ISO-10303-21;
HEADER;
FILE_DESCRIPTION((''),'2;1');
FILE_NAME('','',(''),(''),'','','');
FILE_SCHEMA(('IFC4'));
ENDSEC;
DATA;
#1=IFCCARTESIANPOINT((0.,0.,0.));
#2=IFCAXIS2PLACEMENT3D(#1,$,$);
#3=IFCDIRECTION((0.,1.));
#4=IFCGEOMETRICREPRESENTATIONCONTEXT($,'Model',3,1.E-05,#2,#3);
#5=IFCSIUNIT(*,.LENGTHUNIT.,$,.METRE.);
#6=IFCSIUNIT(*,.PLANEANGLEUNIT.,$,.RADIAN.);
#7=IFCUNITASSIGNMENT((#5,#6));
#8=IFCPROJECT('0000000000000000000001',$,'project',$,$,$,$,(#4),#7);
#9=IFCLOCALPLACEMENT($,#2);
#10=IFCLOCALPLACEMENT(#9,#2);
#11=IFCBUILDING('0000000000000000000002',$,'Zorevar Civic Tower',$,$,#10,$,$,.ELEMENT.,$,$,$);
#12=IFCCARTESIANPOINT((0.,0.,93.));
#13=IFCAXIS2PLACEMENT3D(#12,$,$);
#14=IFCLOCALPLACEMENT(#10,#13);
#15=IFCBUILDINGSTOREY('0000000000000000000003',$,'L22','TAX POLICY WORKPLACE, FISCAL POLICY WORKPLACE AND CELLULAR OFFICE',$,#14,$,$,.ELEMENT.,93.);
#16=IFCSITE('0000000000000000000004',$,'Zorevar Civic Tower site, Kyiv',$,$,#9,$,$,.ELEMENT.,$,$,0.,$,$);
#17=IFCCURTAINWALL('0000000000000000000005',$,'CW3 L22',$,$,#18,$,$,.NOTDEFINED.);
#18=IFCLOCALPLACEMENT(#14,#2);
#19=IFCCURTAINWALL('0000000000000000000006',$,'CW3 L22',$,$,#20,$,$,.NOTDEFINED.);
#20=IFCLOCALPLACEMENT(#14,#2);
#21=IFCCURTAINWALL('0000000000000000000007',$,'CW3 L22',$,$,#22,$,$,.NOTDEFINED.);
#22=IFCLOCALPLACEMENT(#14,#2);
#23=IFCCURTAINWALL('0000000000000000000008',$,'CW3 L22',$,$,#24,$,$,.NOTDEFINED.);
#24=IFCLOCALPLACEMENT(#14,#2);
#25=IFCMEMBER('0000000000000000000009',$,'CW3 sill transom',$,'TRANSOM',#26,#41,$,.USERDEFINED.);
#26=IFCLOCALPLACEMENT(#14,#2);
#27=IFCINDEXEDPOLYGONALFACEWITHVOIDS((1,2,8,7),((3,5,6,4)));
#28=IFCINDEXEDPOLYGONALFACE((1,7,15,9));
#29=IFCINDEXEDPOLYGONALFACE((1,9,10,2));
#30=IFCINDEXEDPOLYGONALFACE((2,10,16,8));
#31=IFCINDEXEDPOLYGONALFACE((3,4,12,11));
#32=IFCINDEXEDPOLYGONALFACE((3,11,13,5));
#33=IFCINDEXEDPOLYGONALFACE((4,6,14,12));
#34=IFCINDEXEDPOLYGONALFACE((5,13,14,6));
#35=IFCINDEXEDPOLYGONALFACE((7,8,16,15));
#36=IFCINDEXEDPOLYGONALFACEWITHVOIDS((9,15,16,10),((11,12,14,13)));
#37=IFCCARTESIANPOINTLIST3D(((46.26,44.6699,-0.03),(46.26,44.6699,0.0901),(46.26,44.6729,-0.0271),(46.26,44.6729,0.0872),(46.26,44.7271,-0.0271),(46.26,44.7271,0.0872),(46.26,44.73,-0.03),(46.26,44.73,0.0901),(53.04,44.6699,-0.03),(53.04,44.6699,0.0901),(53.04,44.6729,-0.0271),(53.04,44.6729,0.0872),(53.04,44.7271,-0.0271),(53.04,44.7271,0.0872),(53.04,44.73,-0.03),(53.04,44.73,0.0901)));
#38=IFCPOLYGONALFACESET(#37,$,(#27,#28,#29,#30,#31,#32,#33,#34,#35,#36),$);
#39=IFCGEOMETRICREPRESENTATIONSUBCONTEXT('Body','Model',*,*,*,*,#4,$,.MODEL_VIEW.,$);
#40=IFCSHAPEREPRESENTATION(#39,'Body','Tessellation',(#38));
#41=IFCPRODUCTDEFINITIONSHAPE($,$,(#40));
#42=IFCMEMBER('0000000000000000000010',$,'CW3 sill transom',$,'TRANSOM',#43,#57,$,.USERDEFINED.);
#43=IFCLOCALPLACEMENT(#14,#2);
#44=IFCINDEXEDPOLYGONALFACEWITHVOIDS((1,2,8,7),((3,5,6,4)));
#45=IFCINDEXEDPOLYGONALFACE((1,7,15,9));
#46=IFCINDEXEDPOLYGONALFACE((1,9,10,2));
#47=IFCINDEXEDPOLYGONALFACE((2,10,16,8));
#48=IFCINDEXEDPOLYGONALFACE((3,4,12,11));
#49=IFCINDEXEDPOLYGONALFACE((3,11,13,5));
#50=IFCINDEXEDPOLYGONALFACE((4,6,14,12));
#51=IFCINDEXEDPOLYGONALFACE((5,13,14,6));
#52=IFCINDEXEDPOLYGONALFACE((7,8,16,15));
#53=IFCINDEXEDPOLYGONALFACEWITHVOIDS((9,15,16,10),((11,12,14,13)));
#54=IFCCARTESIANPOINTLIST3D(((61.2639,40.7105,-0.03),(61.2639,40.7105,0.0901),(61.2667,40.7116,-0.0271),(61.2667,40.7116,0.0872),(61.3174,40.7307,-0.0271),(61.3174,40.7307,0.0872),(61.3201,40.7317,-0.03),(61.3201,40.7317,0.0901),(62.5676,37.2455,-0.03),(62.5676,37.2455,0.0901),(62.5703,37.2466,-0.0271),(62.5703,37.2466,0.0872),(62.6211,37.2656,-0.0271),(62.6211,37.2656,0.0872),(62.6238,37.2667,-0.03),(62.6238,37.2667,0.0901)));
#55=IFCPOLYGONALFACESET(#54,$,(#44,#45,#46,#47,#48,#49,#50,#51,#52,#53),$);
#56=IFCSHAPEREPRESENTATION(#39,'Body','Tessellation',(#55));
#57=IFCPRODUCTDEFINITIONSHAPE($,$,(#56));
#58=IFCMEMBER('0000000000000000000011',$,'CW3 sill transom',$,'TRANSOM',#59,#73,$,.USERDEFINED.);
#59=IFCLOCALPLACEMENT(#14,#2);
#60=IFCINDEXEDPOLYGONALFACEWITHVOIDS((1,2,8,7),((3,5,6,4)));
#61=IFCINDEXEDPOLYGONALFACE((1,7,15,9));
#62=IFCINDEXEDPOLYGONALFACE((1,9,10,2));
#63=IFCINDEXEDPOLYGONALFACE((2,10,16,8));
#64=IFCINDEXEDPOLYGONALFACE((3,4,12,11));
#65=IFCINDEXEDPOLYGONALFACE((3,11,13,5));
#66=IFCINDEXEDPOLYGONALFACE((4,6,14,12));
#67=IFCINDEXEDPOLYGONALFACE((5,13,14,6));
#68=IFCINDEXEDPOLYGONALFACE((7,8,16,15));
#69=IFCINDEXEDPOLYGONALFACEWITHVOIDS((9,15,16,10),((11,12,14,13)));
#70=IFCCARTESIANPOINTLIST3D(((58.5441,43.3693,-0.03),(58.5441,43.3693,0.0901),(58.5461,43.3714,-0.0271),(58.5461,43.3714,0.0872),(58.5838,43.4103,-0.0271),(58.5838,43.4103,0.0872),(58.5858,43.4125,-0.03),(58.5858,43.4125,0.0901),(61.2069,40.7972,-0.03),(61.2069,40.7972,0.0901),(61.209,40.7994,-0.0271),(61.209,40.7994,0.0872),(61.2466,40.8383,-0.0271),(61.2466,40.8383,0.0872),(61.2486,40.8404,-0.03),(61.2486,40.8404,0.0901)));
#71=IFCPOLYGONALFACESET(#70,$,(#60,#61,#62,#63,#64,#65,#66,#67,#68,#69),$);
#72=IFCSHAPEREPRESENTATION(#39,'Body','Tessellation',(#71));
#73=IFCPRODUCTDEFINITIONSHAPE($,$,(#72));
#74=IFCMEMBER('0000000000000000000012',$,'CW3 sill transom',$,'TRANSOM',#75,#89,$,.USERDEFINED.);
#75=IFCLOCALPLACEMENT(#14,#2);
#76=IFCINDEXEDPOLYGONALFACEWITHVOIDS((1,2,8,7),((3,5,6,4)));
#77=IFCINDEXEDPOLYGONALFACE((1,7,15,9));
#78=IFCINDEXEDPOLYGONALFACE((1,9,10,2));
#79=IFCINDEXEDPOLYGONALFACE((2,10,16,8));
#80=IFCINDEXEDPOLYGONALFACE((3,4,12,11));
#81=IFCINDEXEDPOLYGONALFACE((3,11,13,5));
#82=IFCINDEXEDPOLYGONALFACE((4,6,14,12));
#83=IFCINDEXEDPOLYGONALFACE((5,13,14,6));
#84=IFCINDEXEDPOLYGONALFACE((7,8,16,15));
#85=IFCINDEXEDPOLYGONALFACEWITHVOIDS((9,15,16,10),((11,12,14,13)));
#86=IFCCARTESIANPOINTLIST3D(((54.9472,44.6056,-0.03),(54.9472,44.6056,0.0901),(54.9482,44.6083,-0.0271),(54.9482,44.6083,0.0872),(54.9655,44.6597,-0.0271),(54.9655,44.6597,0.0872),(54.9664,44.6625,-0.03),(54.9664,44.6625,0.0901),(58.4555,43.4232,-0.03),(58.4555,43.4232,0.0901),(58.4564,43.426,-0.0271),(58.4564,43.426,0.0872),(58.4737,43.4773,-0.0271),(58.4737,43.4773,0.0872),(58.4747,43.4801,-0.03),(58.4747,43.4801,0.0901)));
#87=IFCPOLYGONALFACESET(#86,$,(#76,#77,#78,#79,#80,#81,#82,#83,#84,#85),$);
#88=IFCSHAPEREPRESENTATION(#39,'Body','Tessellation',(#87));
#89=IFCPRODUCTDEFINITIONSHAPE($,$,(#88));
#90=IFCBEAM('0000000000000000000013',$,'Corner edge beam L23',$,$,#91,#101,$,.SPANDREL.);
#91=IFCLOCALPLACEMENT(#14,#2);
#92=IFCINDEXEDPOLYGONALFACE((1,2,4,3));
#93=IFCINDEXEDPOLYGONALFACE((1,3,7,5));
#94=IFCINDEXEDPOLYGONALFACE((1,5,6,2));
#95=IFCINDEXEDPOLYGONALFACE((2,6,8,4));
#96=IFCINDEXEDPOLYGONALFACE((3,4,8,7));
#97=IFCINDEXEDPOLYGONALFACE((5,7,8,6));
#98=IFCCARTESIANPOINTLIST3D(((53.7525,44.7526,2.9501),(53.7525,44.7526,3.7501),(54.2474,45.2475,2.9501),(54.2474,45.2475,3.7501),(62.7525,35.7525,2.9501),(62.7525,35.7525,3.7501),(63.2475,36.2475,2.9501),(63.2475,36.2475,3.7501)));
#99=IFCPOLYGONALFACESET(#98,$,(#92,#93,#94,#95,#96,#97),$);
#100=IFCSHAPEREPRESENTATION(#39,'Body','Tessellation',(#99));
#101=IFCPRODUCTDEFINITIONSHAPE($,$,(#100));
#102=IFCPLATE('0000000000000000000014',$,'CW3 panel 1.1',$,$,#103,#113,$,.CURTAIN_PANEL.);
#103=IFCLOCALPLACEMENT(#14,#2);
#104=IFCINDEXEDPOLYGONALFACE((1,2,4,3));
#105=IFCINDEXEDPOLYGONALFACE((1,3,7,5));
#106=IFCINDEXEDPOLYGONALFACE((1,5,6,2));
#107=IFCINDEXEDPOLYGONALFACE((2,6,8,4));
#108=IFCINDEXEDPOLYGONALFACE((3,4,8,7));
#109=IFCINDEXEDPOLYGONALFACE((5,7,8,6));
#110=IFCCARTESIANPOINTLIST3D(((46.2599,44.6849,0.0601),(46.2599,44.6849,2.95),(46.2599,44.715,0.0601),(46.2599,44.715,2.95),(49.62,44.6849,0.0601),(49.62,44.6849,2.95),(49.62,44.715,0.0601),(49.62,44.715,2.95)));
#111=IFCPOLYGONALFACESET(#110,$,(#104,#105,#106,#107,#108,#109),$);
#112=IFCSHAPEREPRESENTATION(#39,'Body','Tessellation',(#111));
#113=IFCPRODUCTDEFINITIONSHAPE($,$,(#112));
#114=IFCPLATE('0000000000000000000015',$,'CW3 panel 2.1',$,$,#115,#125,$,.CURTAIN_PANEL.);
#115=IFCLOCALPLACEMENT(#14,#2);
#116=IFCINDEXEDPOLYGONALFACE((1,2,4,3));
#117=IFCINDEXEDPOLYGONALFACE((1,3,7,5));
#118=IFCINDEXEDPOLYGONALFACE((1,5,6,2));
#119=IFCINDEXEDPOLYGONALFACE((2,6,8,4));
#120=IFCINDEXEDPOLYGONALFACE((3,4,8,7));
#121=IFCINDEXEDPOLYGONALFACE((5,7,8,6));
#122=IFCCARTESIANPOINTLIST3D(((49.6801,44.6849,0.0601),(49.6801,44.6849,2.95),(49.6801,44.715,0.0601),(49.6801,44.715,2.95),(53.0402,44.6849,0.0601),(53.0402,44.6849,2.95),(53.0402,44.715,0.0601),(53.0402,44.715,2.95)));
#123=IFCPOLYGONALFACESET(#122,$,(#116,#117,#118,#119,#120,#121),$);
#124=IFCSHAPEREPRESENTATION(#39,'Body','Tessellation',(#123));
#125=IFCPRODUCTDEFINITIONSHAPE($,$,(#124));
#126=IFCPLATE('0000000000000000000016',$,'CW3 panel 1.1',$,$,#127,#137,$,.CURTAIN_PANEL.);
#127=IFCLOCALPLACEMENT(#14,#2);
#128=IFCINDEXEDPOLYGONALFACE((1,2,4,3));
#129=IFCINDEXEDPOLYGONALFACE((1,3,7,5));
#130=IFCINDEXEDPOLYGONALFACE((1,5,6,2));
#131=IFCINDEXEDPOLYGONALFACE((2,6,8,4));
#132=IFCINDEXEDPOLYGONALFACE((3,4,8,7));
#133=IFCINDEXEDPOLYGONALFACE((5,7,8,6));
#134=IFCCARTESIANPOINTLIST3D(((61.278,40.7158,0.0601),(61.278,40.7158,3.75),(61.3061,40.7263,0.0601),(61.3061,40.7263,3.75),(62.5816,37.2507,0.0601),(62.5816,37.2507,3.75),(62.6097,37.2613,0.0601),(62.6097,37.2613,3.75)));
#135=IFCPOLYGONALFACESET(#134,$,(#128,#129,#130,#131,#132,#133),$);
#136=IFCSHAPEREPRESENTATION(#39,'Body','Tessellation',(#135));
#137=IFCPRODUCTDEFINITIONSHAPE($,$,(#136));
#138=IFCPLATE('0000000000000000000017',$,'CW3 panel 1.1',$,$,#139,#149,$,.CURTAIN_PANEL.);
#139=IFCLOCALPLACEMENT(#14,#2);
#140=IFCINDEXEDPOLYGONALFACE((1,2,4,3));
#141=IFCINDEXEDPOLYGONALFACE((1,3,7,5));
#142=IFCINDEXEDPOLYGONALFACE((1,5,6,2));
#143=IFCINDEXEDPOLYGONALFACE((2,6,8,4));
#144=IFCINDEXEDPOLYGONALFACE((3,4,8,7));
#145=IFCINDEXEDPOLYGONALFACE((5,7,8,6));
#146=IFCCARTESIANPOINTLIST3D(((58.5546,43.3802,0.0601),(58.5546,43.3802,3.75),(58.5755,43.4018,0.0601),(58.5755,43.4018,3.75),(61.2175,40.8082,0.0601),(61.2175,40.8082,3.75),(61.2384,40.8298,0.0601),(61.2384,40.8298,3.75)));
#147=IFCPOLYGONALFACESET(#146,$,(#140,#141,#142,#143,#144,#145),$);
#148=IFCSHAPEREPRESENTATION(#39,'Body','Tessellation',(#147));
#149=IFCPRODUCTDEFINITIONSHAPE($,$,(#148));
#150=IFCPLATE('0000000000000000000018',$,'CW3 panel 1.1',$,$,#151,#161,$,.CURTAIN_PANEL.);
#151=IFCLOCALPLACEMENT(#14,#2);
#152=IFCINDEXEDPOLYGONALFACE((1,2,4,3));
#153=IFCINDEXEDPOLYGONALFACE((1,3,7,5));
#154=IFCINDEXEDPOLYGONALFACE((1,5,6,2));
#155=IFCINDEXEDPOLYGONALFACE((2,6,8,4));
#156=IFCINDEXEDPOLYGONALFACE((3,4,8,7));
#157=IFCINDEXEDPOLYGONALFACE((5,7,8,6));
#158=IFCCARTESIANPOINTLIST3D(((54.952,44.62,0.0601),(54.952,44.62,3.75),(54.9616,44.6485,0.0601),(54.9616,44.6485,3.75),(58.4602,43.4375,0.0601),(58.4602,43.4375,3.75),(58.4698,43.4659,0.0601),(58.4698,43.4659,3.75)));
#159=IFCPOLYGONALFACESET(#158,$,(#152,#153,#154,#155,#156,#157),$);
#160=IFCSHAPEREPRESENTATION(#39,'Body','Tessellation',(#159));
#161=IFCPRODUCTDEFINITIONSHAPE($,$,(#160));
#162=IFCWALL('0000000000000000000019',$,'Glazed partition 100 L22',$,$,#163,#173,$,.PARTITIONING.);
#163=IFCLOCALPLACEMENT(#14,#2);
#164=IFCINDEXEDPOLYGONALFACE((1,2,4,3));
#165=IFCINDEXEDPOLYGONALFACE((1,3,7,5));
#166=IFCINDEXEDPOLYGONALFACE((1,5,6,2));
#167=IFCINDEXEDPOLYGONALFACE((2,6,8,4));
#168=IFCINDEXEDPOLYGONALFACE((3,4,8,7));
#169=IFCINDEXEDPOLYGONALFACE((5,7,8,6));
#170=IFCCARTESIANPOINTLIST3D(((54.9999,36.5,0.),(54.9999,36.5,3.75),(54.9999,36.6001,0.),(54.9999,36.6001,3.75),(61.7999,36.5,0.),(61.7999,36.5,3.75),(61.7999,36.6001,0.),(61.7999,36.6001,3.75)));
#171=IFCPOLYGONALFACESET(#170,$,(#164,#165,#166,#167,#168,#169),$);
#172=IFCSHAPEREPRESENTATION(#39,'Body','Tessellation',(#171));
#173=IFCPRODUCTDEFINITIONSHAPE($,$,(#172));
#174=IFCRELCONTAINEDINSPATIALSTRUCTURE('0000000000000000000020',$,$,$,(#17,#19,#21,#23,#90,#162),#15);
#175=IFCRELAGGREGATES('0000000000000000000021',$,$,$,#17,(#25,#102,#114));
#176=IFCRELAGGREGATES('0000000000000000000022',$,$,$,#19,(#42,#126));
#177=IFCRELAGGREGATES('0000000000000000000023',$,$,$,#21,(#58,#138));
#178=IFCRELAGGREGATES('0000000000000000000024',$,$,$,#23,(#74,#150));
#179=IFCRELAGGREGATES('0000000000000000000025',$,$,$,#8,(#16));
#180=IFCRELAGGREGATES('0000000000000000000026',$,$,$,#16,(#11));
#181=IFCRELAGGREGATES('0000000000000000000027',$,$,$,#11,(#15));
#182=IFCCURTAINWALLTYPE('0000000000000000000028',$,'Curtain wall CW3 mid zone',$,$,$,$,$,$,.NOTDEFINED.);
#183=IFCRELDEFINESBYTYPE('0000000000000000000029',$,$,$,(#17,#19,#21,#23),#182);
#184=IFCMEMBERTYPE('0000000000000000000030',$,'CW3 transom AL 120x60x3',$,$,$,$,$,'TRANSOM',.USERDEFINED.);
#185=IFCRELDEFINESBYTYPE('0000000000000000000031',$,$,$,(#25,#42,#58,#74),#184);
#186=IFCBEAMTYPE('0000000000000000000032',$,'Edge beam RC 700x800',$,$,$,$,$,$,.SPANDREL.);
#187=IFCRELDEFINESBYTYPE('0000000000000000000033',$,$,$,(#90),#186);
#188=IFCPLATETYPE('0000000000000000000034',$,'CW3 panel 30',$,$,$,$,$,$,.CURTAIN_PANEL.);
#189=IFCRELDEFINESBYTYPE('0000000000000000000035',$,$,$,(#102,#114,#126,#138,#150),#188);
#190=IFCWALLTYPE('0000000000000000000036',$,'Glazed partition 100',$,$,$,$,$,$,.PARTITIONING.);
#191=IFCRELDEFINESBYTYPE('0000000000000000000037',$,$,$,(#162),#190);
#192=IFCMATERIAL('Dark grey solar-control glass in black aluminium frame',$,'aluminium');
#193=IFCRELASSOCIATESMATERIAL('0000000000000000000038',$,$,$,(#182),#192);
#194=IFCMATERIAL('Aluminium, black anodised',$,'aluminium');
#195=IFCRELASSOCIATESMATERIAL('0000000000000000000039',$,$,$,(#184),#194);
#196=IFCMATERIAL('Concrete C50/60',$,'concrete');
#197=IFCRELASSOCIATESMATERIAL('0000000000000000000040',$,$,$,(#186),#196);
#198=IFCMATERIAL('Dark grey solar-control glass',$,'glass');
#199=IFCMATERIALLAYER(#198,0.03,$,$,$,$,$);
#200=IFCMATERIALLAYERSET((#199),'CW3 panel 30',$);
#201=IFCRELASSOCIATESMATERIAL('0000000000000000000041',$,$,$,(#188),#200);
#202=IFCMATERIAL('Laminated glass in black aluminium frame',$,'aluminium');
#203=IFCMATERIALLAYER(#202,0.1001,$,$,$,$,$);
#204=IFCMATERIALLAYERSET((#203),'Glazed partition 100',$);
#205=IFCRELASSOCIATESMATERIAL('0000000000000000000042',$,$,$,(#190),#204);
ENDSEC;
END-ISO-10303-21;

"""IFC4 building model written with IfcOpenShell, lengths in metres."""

from ifc_helpers import new_model, si_unit, direction, frame, frame_2d, origin, origin_2d, place, context, subcontext, project, spatial, rectangle, hollow_rectangle, extrude, material, layer, layer_set, material_profile, profile_set, type_object, element, aggregate, save


model = new_model("IFC4")

# Units and contexts
model_context = context("Model", 3, precision=1e-05, world=origin(), true_north=direction((0.0, 1.0)))
body_context = subcontext(model_context, "Body", "Model", "MODEL_VIEW")
ifc_project = project(units=[si_unit("LENGTHUNIT", "METRE"), si_unit("PLANEANGLEUNIT", "RADIAN")], contexts=[model_context])

# Site, building, storey
site_placement = place(None, origin())
site = spatial("IfcSite", under=ifc_project, at=site_placement, Name="Zorevar Civic Tower site, Kyiv", CompositionType="ELEMENT", RefElevation=0.0)
building_placement = place(site_placement, origin())
building = spatial("IfcBuilding", under=site, at=building_placement, Name="Zorevar Civic Tower", CompositionType="ELEMENT")
storey_placement = place(building_placement, frame((0.0, 0.0, 93.0)))
storey = spatial("IfcBuildingStorey", under=building, at=storey_placement, Name="L22", Description="TAX POLICY WORKPLACE, FISCAL POLICY WORKPLACE AND CELLULAR OFFICE", CompositionType="ELEMENT", Elevation=93.0)

# Curtain walls
ifc_material_1 = material(Name="Dark grey solar-control glass in black aluminium frame", Category="aluminium")
curtain_wall_type = type_object("IfcCurtainWallType", Name="Curtain wall CW3 mid zone", PredefinedType="NOTDEFINED", material=ifc_material_1)
curtain_wall_1_placement = place(storey_placement, origin())
curtain_wall_1 = element("IfcCurtainWall", 1, at=curtain_wall_1_placement, inside=storey, type_object=curtain_wall_type, Name="CW3 L22", PredefinedType="NOTDEFINED")
curtain_wall_2_placement = place(storey_placement, origin())
curtain_wall_2 = element("IfcCurtainWall", 2, at=curtain_wall_2_placement, inside=storey, type_object=curtain_wall_type, Name="CW3 L22", PredefinedType="NOTDEFINED")
curtain_wall_3_placement = place(storey_placement, origin())
curtain_wall_3 = element("IfcCurtainWall", 3, at=curtain_wall_3_placement, inside=storey, type_object=curtain_wall_type, Name="CW3 L22", PredefinedType="NOTDEFINED")
curtain_wall_4_placement = place(storey_placement, origin())
curtain_wall_4 = element("IfcCurtainWall", 4, at=curtain_wall_4_placement, inside=storey, type_object=curtain_wall_type, Name="CW3 L22", PredefinedType="NOTDEFINED")

# Members
ifc_material_2 = material(Name="Aluminium, black anodised", Category="aluminium")
ifc_material_profile_1 = material_profile(ifc_material_2, hollow_rectangle(XDim=0.0601, YDim=0.1201, WallThickness=0.0029, at=origin_2d()), Name="AL 120x60x3")
ifc_profile_set_1 = profile_set([ifc_material_profile_1], Name="Aluminium, black anodised")
member_type_1 = type_object("IfcMemberType", Name="CW3 transom AL 120x60x3", ElementType="TRANSOM", PredefinedType="USERDEFINED", material=ifc_profile_set_1)
member_1_placement = place(storey_placement, frame((46.26, 44.7, 0.03), z_axis=(1.0, 0.0, 0.0), x_axis=(0.0, 1.0, 0.0)))
member_1 = element("IfcMember", 5, at=member_1_placement, type_object=member_type_1, Name="CW3 sill transom", ObjectType="TRANSOM", PredefinedType="USERDEFINED", context=body_context, shape_type="SweptSolid", body=[
    extrude(hollow_rectangle(XDim=0.0601, YDim=0.1201, WallThickness=0.0029, at=origin_2d()), origin(), (0.0, 0.0, 1.0), 6.78),
])
member_2_placement = place(storey_placement, frame((62.5957, 37.2561, 0.03), z_axis=(-0.352142, 0.935947, 0.0), x_axis=(-0.935947, -0.352142, 0.0)))
member_2 = element("IfcMember", 6, at=member_2_placement, type_object=member_type_1, Name="CW3 sill transom", ObjectType="TRANSOM", PredefinedType="USERDEFINED", context=body_context, shape_type="SweptSolid", body=[
    extrude(hollow_rectangle(XDim=0.0601, YDim=0.1201, WallThickness=0.0029, at=origin_2d()), origin(), (0.0, 0.0, 1.0), 3.7021),
])
member_3_placement = place(storey_placement, frame((61.2278, 40.8188, 0.03), z_axis=(-0.719266, 0.694735, 0.0), x_axis=(-0.694735, -0.719266, 0.0)))
member_3 = element("IfcMember", 7, at=member_3_placement, type_object=member_type_1, Name="CW3 sill transom", ObjectType="TRANSOM", PredefinedType="USERDEFINED", context=body_context, shape_type="SweptSolid", body=[
    extrude(hollow_rectangle(XDim=0.0601, YDim=0.1201, WallThickness=0.0029, at=origin_2d()), origin(), (0.0, 0.0, 1.0), 3.7021),
])
member_4_placement = place(storey_placement, frame((58.4651, 43.4517, 0.03), z_axis=(-0.94763, 0.319372, 0.0), x_axis=(-0.319372, -0.94763, 0.0)))
member_4 = element("IfcMember", 8, at=member_4_placement, type_object=member_type_1, Name="CW3 sill transom", ObjectType="TRANSOM", PredefinedType="USERDEFINED", context=body_context, shape_type="SweptSolid", body=[
    extrude(hollow_rectangle(XDim=0.0601, YDim=0.1201, WallThickness=0.0029, at=origin_2d()), origin(), (0.0, 0.0, 1.0), 3.7021),
])

# Beam
ifc_material_3 = material(Name="Concrete C50/60", Category="concrete")
ifc_material_profile_2 = material_profile(ifc_material_3, rectangle(XDim=0.7, YDim=0.8, at=origin_2d()), Name="RC 700x800")
ifc_profile_set_2 = profile_set([ifc_material_profile_2], Name="Concrete C50/60")
beam_type = type_object("IfcBeamType", Name="Edge beam RC 700x800", PredefinedType="SPANDREL", material=ifc_profile_set_2)
beam_placement = place(storey_placement, frame((63.0, 36.0, 3.3501), z_axis=(-0.707107, 0.707107, 0.0), x_axis=(-0.707107, -0.707107, 0.0)))
element("IfcBeam", 9, at=beam_placement, inside=storey, type_object=beam_type, Name="Corner edge beam L23", PredefinedType="SPANDREL", context=body_context, shape_type="SweptSolid", body=[
    extrude(rectangle(XDim=0.7, YDim=0.8, at=origin_2d()), origin(), (0.0, 0.0, 1.0), 12.728),
])

# Plates
ifc_material_4 = material(Name="Dark grey solar-control glass", Category="glass")
ifc_layer_1 = layer(ifc_material_4, 0.03)
ifc_layer_set_1 = layer_set([ifc_layer_1], Name="CW3 panel 30")
plate_type = type_object("IfcPlateType", Name="CW3 panel 30", PredefinedType="CURTAIN_PANEL", material=ifc_layer_set_1)
plate_1_placement = place(storey_placement, frame((47.9399, 44.7, 0.0601), z_axis=(0.0, 0.0, 1.0), x_axis=(1.0, 0.0, 0.0)))
plate_1 = element("IfcPlate", 10, at=plate_1_placement, type_object=plate_type, Name="CW3 panel 1.1", PredefinedType="CURTAIN_PANEL", context=body_context, shape_type="SweptSolid", body=[
    extrude(rectangle(XDim=3.3601, YDim=0.03, at=origin_2d()), origin(), (0.0, 0.0, 1.0), 2.8899),
])
plate_2_placement = place(storey_placement, frame((51.3601, 44.7, 0.0601), z_axis=(0.0, 0.0, 1.0), x_axis=(1.0, 0.0, 0.0)))
plate_2 = element("IfcPlate", 11, at=plate_2_placement, type_object=plate_type, Name="CW3 panel 2.1", PredefinedType="CURTAIN_PANEL", context=body_context, shape_type="SweptSolid", body=[
    extrude(rectangle(XDim=3.3601, YDim=0.03, at=origin_2d()), origin(), (0.0, 0.0, 1.0), 2.8899),
])
aggregate(curtain_wall_1, [member_1, plate_1, plate_2])
plate_3_placement = place(storey_placement, frame((61.9438, 38.9885, 0.0601), z_axis=(0.0, 0.0, 1.0), x_axis=(-0.352132, 0.935951, 0.0)))
plate_3 = element("IfcPlate", 12, at=plate_3_placement, type_object=plate_type, Name="CW3 panel 1.1", PredefinedType="CURTAIN_PANEL", context=body_context, shape_type="SweptSolid", body=[
    extrude(rectangle(XDim=3.7021, YDim=0.03, at=origin_2d()), origin(), (0.0, 0.0, 1.0), 3.6899),
])
aggregate(curtain_wall_2, [member_2, plate_3])
plate_4_placement = place(storey_placement, frame((59.8965, 42.105, 0.0601), z_axis=(0.0, 0.0, 1.0), x_axis=(-0.719281, 0.694719, 0.0)))
plate_4 = element("IfcPlate", 13, at=plate_4_placement, type_object=plate_type, Name="CW3 panel 1.1", PredefinedType="CURTAIN_PANEL", context=body_context, shape_type="SweptSolid", body=[
    extrude(rectangle(XDim=3.7021, YDim=0.03, at=origin_2d()), origin(), (0.0, 0.0, 1.0), 3.6899),
])
aggregate(curtain_wall_3, [member_3, plate_4])
plate_5_placement = place(storey_placement, frame((56.7109, 44.043, 0.0601), z_axis=(0.0, 0.0, 1.0), x_axis=(-0.947616, 0.319413, 0.0)))
plate_5 = element("IfcPlate", 14, at=plate_5_placement, type_object=plate_type, Name="CW3 panel 1.1", PredefinedType="CURTAIN_PANEL", context=body_context, shape_type="SweptSolid", body=[
    extrude(rectangle(XDim=3.7021, YDim=0.03, at=origin_2d()), origin(), (0.0, 0.0, 1.0), 3.6899),
])
aggregate(curtain_wall_4, [member_4, plate_5])

# Wall
ifc_material_5 = material(Name="Laminated glass in black aluminium frame", Category="aluminium")
ifc_layer_2 = layer(ifc_material_5, 0.1001)
ifc_layer_set_2 = layer_set([ifc_layer_2], Name="Glazed partition 100")
wall_type_1 = type_object("IfcWallType", Name="Glazed partition 100", PredefinedType="PARTITIONING", material=ifc_layer_set_2)
wall_1_placement = place(storey_placement, frame((55.0, 36.55, 0.0), z_axis=(0.0, 0.0, 1.0), x_axis=(1.0, 0.0, 0.0)))
element("IfcWall", 15, at=wall_1_placement, inside=storey, type_object=wall_type_1, Name="Glazed partition 100 L22", PredefinedType="PARTITIONING", context=body_context, shape_type="SweptSolid", body=[
    extrude(rectangle(XDim=6.8, YDim=0.1001, at=frame_2d((3.3999, 0.0))), origin(), (0.0, 0.0, 1.0), 3.75),
])

save(model, "model.ifc")
